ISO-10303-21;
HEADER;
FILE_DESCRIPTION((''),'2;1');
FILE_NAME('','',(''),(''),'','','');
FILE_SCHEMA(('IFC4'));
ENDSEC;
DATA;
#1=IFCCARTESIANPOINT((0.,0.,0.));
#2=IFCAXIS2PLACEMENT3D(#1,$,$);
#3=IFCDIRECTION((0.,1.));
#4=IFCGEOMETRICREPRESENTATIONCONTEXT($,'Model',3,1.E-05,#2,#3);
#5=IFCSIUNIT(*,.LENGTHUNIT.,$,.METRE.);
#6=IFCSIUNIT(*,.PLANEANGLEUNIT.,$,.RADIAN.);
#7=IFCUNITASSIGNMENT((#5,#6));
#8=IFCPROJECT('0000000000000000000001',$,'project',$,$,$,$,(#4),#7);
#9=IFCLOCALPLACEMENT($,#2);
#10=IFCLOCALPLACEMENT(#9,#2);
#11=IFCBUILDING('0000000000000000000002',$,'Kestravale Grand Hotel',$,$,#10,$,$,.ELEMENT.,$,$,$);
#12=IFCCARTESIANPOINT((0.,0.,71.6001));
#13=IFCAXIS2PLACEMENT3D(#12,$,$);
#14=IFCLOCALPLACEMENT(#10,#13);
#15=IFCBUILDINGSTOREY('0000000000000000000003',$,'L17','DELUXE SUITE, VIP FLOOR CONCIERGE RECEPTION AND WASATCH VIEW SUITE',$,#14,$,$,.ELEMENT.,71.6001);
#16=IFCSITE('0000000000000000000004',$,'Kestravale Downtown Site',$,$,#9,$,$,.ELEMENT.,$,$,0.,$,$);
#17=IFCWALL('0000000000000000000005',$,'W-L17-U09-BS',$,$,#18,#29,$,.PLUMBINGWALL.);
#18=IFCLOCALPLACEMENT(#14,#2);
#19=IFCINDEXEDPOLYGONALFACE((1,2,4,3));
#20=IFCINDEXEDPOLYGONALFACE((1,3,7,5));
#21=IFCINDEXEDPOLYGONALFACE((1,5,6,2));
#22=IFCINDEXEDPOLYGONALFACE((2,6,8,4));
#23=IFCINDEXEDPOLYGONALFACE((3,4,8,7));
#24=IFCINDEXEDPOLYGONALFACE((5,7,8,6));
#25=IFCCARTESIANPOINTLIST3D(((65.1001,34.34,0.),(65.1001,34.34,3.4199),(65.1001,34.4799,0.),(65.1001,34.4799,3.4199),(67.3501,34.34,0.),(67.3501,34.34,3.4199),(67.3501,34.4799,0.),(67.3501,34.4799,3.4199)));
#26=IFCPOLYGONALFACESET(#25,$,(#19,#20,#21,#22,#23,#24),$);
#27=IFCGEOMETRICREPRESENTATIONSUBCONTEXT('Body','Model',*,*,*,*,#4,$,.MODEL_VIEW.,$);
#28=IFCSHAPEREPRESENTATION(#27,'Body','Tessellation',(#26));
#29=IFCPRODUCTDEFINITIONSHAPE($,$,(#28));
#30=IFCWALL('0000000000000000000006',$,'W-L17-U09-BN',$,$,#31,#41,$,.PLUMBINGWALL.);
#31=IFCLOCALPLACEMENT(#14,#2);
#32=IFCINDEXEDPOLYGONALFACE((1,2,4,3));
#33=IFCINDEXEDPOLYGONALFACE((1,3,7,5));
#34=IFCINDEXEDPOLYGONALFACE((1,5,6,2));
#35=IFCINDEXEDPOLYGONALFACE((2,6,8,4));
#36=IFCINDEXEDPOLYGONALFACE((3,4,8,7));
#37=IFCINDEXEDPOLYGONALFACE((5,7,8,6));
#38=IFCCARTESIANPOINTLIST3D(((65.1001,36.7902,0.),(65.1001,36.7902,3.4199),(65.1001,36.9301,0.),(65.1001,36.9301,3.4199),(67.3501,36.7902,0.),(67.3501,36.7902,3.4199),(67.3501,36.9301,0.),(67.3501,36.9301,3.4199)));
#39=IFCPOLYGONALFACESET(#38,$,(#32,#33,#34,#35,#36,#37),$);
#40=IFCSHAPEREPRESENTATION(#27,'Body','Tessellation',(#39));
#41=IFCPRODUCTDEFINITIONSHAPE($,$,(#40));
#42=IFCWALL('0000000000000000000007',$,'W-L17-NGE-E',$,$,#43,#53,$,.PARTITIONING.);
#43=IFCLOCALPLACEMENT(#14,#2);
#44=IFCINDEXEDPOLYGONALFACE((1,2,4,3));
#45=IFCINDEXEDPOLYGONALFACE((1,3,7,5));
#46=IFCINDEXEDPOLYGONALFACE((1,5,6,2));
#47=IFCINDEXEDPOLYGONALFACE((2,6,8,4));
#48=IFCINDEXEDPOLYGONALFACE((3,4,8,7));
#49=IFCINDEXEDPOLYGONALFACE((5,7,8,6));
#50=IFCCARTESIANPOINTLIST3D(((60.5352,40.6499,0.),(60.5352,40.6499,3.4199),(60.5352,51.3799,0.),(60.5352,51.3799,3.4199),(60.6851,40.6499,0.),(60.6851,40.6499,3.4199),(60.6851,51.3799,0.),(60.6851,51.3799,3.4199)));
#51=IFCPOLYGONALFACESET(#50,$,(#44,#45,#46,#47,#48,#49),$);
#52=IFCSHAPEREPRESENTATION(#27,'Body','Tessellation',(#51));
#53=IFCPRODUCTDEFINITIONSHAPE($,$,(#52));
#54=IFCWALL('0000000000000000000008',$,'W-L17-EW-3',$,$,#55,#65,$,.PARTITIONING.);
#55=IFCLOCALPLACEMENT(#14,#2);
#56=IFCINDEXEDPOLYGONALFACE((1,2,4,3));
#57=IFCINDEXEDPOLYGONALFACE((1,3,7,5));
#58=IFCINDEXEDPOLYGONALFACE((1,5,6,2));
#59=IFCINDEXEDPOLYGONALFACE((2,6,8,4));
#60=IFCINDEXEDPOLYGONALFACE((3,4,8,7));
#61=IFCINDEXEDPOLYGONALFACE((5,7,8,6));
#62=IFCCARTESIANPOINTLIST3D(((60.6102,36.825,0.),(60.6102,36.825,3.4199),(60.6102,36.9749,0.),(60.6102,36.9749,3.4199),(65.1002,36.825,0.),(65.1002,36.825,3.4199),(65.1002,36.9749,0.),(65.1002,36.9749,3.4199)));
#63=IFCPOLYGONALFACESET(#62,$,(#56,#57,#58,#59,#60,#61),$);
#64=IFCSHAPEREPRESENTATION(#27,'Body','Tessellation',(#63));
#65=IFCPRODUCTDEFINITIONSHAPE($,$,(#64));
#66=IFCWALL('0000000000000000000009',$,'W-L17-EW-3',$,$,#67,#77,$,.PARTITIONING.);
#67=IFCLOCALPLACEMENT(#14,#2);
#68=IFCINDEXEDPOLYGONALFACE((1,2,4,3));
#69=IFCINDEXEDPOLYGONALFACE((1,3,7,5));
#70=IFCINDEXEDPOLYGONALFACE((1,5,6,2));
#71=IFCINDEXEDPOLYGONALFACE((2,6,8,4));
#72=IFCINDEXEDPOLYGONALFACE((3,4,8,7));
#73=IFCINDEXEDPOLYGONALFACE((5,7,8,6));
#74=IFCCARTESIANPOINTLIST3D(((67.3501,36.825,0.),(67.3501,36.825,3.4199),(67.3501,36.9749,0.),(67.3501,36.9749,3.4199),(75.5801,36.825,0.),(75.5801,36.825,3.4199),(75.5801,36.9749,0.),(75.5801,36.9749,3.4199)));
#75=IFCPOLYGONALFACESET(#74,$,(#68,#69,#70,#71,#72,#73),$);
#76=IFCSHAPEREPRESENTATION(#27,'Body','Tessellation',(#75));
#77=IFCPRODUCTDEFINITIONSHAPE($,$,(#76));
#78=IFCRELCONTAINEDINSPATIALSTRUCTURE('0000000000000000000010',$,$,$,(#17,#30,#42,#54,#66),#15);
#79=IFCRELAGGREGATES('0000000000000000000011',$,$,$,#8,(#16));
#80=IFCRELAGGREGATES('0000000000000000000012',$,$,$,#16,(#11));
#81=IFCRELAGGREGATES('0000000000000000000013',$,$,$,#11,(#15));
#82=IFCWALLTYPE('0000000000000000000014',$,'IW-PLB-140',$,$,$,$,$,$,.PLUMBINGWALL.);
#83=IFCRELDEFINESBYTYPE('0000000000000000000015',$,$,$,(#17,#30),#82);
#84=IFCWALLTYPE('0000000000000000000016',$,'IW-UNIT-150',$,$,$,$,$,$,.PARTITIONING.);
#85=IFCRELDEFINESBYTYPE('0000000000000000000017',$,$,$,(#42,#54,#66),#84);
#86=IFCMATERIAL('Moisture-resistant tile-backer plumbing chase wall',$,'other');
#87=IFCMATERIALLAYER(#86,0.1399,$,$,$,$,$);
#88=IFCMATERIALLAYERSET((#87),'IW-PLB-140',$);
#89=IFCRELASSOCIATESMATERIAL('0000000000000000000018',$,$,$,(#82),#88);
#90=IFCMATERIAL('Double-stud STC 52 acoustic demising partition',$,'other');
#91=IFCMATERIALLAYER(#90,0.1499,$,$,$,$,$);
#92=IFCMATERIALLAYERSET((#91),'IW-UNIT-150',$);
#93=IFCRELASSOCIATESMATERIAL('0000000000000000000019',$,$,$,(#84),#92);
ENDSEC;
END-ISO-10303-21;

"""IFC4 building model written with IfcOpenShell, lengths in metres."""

from ifc_helpers import new_model, si_unit, direction, frame, frame_2d, origin, place, context, subcontext, project, spatial, rectangle, extrude, material, layer, layer_set, type_object, element, save


model = new_model("IFC4")

# Units and contexts
model_context = context("Model", 3, precision=1e-05, world=origin(), true_north=direction((0.0, 1.0)))
body_context = subcontext(model_context, "Body", "Model", "MODEL_VIEW")
ifc_project = project(units=[si_unit("LENGTHUNIT", "METRE"), si_unit("PLANEANGLEUNIT", "RADIAN")], contexts=[model_context])

# Site, building, storey
site_placement = place(None, origin())
site = spatial("IfcSite", under=ifc_project, at=site_placement, Name="Kestravale Downtown Site", CompositionType="ELEMENT", RefElevation=0.0)
building_placement = place(site_placement, origin())
building = spatial("IfcBuilding", under=site, at=building_placement, Name="Kestravale Grand Hotel", CompositionType="ELEMENT")
storey_placement = place(building_placement, frame((0.0, 0.0, 71.6001)))
storey = spatial("IfcBuildingStorey", under=building, at=storey_placement, Name="L17", Description="DELUXE SUITE, VIP FLOOR CONCIERGE RECEPTION AND WASATCH VIEW SUITE", CompositionType="ELEMENT", Elevation=71.6001)

# Shared definitions
ifc_material_1 = material(Name="Moisture-resistant tile-backer plumbing chase wall", Category="other")
ifc_layer_1 = layer(ifc_material_1, 0.1399)
ifc_layer_set_1 = layer_set([ifc_layer_1], Name="IW-PLB-140")
wall_type_1 = type_object("IfcWallType", Name="IW-PLB-140", PredefinedType="PLUMBINGWALL", material=ifc_layer_set_1)

# Walls
for number, where, z_axis, x_axis, name in (
    (1, (65.1001, 34.4099, 0.0), (0.0, 0.0, 1.0), (1.0, 0.0, 0.0), "W-L17-U09-BS"),
    (2, (65.1001, 36.8601, 0.0), (0.0, 0.0, 1.0), (1.0, 0.0, 0.0), "W-L17-U09-BN"),
):
    element("IfcWall", number, at=place(storey_placement, frame(where, z_axis=z_axis, x_axis=x_axis)), inside=storey, type_object=wall_type_1, Name=name, PredefinedType="PLUMBINGWALL", context=body_context, shape_type="SweptSolid", body=[
        extrude(rectangle(XDim=2.25, YDim=0.1399, at=frame_2d((1.125, 0.0))), origin(), (0.0, 0.0, 1.0), 3.4199),
    ])

# Shared definitions
ifc_material_2 = material(Name="Double-stud STC 52 acoustic demising partition", Category="other")
ifc_layer_2 = layer(ifc_material_2, 0.1499)
ifc_layer_set_2 = layer_set([ifc_layer_2], Name="IW-UNIT-150")
wall_type_2 = type_object("IfcWallType", Name="IW-UNIT-150", PredefinedType="PARTITIONING", material=ifc_layer_set_2)

# Walls
wall_1_placement = place(storey_placement, frame((60.6101, 40.6499, 0.0), z_axis=(0.0, 0.0, 1.0), x_axis=(0.0, 1.0, 0.0)))
element("IfcWall", 3, at=wall_1_placement, inside=storey, type_object=wall_type_2, Name="W-L17-NGE-E", PredefinedType="PARTITIONING", context=body_context, shape_type="SweptSolid", body=[
    extrude(rectangle(XDim=10.73, YDim=0.1499, at=frame_2d((5.365, 0.0))), origin(), (0.0, 0.0, 1.0), 3.4199),
])
wall_2_placement = place(storey_placement, frame((60.6101, 36.8999, 0.0), z_axis=(0.0, 0.0, 1.0), x_axis=(1.0, 0.0, 0.0)))
element("IfcWall", 4, at=wall_2_placement, inside=storey, type_object=wall_type_2, Name="W-L17-EW-3", PredefinedType="PARTITIONING", context=body_context, shape_type="SweptSolid", body=[
    extrude(rectangle(XDim=4.49, YDim=0.1499, at=frame_2d((2.2451, 0.0))), origin(), (0.0, 0.0, 1.0), 3.4199),
])
wall_3_placement = place(storey_placement, frame((67.3501, 36.8999, 0.0), z_axis=(0.0, 0.0, 1.0), x_axis=(1.0, 0.0, 0.0)))
element("IfcWall", 5, at=wall_3_placement, inside=storey, type_object=wall_type_2, Name="W-L17-EW-3", PredefinedType="PARTITIONING", context=body_context, shape_type="SweptSolid", body=[
    extrude(rectangle(XDim=8.23, YDim=0.1499, at=frame_2d((4.115, 0.0))), origin(), (0.0, 0.0, 1.0), 3.4199),
])

save(model, "model.ifc")
